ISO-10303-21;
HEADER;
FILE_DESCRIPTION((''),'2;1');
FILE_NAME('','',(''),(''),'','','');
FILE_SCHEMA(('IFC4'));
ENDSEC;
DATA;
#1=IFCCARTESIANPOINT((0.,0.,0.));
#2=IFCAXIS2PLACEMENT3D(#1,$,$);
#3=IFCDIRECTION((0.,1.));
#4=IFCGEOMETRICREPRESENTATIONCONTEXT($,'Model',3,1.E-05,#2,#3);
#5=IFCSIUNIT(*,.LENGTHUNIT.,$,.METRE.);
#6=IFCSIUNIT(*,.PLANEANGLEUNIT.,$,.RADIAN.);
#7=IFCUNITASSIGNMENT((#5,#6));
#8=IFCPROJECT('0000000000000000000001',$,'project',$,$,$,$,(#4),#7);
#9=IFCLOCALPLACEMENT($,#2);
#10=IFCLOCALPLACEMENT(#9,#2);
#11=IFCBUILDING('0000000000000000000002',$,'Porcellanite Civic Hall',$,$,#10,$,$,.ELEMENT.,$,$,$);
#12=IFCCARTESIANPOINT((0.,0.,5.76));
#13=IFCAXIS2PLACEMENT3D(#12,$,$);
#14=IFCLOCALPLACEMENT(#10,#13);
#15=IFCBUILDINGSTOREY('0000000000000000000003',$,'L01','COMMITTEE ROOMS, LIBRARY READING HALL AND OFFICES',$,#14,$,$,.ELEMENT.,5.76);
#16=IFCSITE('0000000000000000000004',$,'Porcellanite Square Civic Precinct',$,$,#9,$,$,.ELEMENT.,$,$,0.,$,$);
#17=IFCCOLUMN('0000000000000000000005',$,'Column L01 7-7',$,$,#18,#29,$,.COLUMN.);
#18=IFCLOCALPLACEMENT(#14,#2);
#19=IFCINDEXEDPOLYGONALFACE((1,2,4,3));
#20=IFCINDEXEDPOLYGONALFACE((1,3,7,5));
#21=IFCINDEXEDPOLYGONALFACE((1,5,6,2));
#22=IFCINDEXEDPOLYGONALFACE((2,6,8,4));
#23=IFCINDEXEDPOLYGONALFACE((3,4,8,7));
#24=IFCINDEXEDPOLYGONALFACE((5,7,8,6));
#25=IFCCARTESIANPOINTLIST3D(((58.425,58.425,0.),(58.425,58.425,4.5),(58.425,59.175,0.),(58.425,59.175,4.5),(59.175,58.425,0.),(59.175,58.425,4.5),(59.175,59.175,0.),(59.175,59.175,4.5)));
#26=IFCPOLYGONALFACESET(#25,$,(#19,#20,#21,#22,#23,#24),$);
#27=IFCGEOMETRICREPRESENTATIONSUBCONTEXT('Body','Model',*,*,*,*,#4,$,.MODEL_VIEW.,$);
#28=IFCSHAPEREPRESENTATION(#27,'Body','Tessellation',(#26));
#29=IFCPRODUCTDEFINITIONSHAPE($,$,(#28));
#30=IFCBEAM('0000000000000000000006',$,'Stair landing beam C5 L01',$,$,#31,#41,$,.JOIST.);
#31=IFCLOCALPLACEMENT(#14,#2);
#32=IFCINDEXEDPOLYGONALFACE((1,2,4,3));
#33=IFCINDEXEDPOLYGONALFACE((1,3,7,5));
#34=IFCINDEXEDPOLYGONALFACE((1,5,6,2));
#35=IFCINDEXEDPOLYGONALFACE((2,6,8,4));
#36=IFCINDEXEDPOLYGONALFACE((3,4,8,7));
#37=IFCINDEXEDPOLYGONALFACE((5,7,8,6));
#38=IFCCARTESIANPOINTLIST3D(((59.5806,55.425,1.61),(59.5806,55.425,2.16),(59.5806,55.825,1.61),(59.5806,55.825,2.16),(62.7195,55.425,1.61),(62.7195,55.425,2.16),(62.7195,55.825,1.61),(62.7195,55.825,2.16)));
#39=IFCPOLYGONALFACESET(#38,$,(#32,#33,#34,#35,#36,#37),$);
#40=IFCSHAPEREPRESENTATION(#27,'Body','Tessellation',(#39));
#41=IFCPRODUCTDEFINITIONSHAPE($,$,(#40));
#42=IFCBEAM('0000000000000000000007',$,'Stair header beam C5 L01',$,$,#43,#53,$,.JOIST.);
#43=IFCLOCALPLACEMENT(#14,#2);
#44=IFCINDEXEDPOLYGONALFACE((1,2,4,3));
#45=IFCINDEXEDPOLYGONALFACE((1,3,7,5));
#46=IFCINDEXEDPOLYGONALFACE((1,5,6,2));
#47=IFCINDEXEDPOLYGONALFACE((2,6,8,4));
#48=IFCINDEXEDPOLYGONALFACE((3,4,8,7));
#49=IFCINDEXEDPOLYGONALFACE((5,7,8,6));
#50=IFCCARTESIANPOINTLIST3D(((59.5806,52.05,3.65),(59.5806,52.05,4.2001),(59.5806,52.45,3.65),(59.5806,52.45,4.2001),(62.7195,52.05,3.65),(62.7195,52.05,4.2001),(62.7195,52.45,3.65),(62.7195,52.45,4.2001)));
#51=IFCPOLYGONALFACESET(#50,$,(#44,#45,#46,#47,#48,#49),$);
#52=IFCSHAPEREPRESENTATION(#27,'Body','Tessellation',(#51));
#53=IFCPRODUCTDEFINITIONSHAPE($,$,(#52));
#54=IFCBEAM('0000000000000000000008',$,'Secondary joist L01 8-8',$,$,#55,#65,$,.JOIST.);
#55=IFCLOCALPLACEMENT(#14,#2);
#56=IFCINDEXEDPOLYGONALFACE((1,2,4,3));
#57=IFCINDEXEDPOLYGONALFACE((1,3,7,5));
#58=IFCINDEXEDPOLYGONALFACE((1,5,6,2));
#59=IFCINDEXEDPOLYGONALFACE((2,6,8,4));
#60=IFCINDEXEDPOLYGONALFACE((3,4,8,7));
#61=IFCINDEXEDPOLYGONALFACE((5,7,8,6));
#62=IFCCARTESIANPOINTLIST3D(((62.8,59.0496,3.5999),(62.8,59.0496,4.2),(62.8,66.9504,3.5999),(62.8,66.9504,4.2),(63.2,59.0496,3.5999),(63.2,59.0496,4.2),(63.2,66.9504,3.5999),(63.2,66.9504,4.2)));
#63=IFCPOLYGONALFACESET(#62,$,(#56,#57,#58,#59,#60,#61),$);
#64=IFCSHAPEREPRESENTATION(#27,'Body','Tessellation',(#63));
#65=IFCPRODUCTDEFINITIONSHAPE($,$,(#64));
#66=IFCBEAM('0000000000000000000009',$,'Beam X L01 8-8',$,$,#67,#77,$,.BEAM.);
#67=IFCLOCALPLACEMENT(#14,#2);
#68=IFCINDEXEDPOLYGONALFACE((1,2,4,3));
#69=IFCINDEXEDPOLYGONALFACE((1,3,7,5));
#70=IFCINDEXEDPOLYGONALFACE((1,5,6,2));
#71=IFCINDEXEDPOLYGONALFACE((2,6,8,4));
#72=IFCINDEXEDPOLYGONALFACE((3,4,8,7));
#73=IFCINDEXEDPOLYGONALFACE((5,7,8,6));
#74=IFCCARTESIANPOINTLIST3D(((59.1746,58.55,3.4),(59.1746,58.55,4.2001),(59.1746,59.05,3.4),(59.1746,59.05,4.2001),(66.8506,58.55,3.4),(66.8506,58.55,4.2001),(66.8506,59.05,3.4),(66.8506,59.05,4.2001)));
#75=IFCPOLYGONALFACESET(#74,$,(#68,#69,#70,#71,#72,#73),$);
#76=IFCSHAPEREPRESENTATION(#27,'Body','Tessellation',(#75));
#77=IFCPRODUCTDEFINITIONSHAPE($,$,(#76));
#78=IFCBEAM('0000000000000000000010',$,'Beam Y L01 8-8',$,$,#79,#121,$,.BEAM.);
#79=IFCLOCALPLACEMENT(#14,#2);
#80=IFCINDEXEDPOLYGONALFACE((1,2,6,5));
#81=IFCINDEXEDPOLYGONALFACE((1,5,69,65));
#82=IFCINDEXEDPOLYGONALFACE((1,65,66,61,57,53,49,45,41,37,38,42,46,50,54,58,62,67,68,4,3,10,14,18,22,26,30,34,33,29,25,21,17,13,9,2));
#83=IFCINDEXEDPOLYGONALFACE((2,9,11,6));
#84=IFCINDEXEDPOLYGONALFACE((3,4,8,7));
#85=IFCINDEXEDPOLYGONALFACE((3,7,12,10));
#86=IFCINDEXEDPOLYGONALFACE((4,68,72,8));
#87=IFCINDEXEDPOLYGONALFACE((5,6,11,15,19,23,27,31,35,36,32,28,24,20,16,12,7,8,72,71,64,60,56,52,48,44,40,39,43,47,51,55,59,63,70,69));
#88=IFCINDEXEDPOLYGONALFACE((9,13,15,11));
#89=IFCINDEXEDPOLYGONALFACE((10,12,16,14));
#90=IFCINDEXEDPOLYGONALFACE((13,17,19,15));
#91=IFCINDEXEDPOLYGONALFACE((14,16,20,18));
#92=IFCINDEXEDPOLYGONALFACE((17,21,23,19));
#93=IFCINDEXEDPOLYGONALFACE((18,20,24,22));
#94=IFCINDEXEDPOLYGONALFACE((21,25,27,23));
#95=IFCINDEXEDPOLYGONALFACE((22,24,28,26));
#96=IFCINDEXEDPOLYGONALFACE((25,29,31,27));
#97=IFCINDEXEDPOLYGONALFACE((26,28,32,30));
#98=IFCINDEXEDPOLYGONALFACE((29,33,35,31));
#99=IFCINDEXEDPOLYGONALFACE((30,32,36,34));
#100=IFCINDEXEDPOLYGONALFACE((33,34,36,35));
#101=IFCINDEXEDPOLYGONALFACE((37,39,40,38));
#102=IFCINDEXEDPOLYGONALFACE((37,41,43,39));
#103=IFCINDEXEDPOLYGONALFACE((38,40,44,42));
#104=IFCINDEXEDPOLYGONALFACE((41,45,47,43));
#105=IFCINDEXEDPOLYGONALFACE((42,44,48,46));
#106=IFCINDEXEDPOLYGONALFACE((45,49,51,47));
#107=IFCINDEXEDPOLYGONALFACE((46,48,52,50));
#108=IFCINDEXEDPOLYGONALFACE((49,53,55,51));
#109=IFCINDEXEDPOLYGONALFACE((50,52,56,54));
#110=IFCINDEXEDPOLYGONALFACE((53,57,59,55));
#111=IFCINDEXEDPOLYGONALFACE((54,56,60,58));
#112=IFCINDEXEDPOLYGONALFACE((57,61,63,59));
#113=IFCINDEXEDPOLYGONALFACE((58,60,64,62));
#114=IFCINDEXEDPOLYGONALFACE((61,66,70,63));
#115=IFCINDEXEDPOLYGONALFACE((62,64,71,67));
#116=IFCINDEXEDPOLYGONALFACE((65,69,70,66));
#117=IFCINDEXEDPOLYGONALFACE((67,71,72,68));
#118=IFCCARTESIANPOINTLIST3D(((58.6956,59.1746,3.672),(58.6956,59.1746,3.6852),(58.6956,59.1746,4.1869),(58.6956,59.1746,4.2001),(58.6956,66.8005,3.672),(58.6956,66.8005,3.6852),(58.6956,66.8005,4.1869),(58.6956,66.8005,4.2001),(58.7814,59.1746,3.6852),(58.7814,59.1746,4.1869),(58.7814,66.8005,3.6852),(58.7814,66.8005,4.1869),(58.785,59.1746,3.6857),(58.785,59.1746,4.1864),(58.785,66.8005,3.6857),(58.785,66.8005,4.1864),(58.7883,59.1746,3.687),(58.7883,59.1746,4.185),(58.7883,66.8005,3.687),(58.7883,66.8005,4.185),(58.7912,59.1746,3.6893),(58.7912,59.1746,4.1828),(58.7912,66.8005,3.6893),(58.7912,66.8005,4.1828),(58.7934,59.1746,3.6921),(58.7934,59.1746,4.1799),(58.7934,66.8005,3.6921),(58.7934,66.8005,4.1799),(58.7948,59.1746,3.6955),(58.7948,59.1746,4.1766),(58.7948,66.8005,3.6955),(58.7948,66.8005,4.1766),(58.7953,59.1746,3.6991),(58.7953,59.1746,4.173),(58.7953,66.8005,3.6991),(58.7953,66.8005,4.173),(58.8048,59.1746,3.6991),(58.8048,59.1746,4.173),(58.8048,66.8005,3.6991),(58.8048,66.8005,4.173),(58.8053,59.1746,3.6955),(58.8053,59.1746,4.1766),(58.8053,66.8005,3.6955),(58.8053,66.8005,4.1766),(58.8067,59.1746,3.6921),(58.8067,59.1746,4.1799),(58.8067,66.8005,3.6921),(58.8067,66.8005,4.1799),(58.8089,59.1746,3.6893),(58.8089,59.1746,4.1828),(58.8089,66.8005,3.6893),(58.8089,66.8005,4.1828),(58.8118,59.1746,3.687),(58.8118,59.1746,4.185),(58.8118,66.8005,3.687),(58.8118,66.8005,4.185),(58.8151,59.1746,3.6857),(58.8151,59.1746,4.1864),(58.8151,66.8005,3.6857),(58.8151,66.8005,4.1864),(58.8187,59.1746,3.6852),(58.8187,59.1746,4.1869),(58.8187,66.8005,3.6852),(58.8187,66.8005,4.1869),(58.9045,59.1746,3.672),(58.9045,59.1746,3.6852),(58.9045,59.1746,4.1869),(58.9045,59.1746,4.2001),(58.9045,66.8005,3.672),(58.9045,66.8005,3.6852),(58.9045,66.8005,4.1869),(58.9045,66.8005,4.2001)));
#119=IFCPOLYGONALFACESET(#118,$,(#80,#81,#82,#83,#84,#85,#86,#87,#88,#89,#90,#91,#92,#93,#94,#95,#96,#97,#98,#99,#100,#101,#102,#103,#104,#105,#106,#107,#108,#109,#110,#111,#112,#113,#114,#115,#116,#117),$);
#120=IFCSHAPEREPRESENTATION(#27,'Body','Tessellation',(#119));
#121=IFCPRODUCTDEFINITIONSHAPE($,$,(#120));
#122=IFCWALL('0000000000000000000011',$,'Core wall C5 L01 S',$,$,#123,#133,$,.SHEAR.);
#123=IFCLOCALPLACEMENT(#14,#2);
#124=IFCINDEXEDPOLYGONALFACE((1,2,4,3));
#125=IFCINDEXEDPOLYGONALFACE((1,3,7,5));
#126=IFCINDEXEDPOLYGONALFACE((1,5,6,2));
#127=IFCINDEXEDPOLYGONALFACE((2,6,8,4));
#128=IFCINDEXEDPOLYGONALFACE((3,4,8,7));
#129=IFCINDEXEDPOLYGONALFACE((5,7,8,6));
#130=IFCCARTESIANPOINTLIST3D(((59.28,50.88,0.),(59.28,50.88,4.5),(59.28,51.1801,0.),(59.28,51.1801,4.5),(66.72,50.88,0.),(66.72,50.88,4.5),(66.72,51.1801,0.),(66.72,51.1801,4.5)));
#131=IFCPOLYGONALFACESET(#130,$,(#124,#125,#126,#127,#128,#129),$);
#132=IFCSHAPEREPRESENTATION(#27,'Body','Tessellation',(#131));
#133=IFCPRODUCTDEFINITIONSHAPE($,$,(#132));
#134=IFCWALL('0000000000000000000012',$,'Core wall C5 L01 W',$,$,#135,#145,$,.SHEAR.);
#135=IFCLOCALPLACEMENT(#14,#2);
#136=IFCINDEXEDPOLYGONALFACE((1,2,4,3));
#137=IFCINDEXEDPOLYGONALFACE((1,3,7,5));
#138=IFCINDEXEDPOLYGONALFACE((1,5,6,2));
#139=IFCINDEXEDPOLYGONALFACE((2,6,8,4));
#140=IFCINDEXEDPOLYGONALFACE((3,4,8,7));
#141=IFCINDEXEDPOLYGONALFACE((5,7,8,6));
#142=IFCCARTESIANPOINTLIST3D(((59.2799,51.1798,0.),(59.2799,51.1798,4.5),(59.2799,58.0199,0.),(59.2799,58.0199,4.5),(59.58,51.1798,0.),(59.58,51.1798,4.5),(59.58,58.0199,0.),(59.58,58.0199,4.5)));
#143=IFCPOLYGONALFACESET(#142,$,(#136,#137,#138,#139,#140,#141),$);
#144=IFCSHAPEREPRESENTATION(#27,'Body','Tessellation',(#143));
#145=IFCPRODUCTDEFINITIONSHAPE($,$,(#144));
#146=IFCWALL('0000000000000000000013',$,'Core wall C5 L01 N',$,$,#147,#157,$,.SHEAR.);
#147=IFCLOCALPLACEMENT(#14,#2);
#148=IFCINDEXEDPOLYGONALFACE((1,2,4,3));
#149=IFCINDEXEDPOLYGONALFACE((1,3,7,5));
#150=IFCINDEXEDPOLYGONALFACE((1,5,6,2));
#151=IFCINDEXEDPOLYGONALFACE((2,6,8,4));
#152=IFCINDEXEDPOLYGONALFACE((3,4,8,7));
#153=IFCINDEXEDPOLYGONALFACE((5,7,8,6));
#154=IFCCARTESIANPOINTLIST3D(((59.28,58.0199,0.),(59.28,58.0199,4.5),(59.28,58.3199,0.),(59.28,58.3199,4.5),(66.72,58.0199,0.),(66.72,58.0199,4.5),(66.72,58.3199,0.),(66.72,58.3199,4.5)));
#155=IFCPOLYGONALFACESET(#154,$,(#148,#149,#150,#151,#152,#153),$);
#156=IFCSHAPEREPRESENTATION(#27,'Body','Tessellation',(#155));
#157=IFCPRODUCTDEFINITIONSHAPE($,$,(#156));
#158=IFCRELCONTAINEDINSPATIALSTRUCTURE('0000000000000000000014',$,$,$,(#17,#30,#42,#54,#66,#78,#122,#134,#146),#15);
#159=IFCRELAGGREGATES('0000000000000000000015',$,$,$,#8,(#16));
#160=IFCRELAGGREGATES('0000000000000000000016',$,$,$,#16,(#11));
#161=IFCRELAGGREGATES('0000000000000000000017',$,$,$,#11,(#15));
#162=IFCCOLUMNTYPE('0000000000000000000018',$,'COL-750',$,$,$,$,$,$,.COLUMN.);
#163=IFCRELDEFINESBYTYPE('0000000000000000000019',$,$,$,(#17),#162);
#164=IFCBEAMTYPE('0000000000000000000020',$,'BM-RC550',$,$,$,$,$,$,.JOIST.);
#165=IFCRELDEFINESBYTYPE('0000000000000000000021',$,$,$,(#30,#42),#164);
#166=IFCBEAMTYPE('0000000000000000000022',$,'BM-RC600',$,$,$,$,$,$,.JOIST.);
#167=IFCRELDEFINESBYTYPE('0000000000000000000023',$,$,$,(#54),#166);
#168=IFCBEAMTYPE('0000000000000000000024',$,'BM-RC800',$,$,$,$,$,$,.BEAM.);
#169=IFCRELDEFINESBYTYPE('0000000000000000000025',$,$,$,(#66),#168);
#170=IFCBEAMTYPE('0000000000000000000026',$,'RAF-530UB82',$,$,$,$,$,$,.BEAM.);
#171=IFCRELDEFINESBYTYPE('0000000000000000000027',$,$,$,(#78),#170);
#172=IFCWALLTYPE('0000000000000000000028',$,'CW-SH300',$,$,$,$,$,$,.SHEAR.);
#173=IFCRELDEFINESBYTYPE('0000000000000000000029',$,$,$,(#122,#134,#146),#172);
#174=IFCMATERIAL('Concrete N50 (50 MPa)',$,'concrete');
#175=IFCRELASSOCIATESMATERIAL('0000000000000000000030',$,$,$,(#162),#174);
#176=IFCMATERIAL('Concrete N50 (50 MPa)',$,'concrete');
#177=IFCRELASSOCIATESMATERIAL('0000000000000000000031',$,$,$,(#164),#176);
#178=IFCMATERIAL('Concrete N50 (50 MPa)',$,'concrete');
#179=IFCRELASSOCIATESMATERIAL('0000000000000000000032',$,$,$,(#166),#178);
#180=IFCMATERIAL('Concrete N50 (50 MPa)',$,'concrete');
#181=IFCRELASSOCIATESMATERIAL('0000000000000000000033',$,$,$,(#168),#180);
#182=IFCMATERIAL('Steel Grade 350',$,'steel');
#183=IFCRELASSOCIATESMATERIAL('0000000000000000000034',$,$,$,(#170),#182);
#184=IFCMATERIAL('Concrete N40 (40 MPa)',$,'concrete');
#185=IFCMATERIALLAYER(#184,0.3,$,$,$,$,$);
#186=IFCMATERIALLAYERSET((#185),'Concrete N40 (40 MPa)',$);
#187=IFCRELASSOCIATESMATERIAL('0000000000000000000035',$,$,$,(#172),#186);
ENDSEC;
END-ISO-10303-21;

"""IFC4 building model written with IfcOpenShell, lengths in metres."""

from ifc_helpers import new_model, si_unit, direction, frame, frame_2d, origin, origin_2d, place, context, subcontext, project, spatial, rectangle, i_section, extrude, material, layer, layer_set, material_profile, profile_set, type_object, element, save


model = new_model("IFC4")

# Units and contexts
model_context = context("Model", 3, precision=1e-05, world=origin(), true_north=direction((0.0, 1.0)))
body_context = subcontext(model_context, "Body", "Model", "MODEL_VIEW")
ifc_project = project(units=[si_unit("LENGTHUNIT", "METRE"), si_unit("PLANEANGLEUNIT", "RADIAN")], contexts=[model_context])

# Site, building, storey
site_placement = place(None, origin())
site = spatial("IfcSite", under=ifc_project, at=site_placement, Name="Porcellanite Square Civic Precinct", CompositionType="ELEMENT", RefElevation=0.0)
building_placement = place(site_placement, origin())
building = spatial("IfcBuilding", under=site, at=building_placement, Name="Porcellanite Civic Hall", CompositionType="ELEMENT")
storey_placement = place(building_placement, frame((0.0, 0.0, 5.76)))
storey = spatial("IfcBuildingStorey", under=building, at=storey_placement, Name="L01", Description="COMMITTEE ROOMS, LIBRARY READING HALL AND OFFICES", CompositionType="ELEMENT", Elevation=5.76)

# Column
ifc_material_1 = material(Name="Concrete N50 (50 MPa)", Category="concrete")
ifc_material_profile_1 = material_profile(ifc_material_1, rectangle(XDim=0.75, YDim=0.75, at=origin_2d()), Name="RC-750x750")
ifc_profile_set_1 = profile_set([ifc_material_profile_1], Name="Concrete N50 (50 MPa)")
column_type = type_object("IfcColumnType", Name="COL-750", PredefinedType="COLUMN", material=ifc_profile_set_1)
column_placement = place(storey_placement, frame((58.8, 58.8, 0.0), z_axis=(0.0, 0.0, 1.0), x_axis=(1.0, 0.0, 0.0)))
element("IfcColumn", 1, at=column_placement, inside=storey, type_object=column_type, Name="Column L01 7-7", PredefinedType="COLUMN", context=body_context, shape_type="SweptSolid", body=[
    extrude(rectangle(XDim=0.75, YDim=0.75, at=origin_2d()), origin(), (0.0, 0.0, 1.0), 4.5),
])

# Beams
ifc_material_2 = material(Name="Concrete N50 (50 MPa)", Category="concrete")
ifc_material_profile_2 = material_profile(ifc_material_2, rectangle(XDim=0.3999, YDim=0.55, at=origin_2d()), Name="RC-400x550")
ifc_profile_set_2 = profile_set([ifc_material_profile_2], Name="Concrete N50 (50 MPa)")
beam_type_1 = type_object("IfcBeamType", Name="BM-RC550", PredefinedType="JOIST", material=ifc_profile_set_2)
for number, where, z_axis, x_axis, name in (
    (2, (59.5806, 55.625, 1.885), (1.0, 0.0, 0.0), (0.0, 1.0, 0.0), "Stair landing beam C5 L01"),
    (3, (59.5806, 52.25, 3.925), (1.0, 0.0, 0.0), (0.0, 1.0, 0.0), "Stair header beam C5 L01"),
):
    element("IfcBeam", number, at=place(storey_placement, frame(where, z_axis=z_axis, x_axis=x_axis)), inside=storey, type_object=beam_type_1, Name=name, PredefinedType="JOIST", context=body_context, shape_type="SweptSolid", body=[
        extrude(rectangle(XDim=0.3999, YDim=0.55, at=origin_2d()), origin(), (0.0, 0.0, 1.0), 3.1389),
    ])
ifc_material_3 = material(Name="Concrete N50 (50 MPa)", Category="concrete")
ifc_material_profile_3 = material_profile(ifc_material_3, rectangle(XDim=0.3999, YDim=0.6001, at=origin_2d()), Name="RC-400x600")
ifc_profile_set_3 = profile_set([ifc_material_profile_3], Name="Concrete N50 (50 MPa)")
beam_type_2 = type_object("IfcBeamType", Name="BM-RC600", PredefinedType="JOIST", material=ifc_profile_set_3)
beam_1_placement = place(storey_placement, frame((63.0, 59.0496, 3.8999), z_axis=(0.0, 1.0, 0.0), x_axis=(-1.0, 0.0, 0.0)))
element("IfcBeam", 4, at=beam_1_placement, inside=storey, type_object=beam_type_2, Name="Secondary joist L01 8-8", PredefinedType="JOIST", context=body_context, shape_type="SweptSolid", body=[
    extrude(rectangle(XDim=0.3999, YDim=0.6001, at=origin_2d()), origin(), (0.0, 0.0, 1.0), 7.9009),
])
ifc_material_4 = material(Name="Concrete N50 (50 MPa)", Category="concrete")
ifc_material_profile_4 = material_profile(ifc_material_4, rectangle(XDim=0.5, YDim=0.8, at=origin_2d()), Name="RC-500x800")
ifc_profile_set_4 = profile_set([ifc_material_profile_4], Name="Concrete N50 (50 MPa)")
beam_type_3 = type_object("IfcBeamType", Name="BM-RC800", PredefinedType="BEAM", material=ifc_profile_set_4)
beam_2_placement = place(storey_placement, frame((59.1746, 58.8, 3.8), z_axis=(1.0, 0.0, 0.0), x_axis=(0.0, 1.0, 0.0)))
element("IfcBeam", 5, at=beam_2_placement, inside=storey, type_object=beam_type_3, Name="Beam X L01 8-8", PredefinedType="BEAM", context=body_context, shape_type="SweptSolid", body=[
    extrude(rectangle(XDim=0.5, YDim=0.8, at=origin_2d()), origin(), (0.0, 0.0, 1.0), 7.676),
])
ifc_material_5 = material(Name="Steel Grade 350", Category="steel")
ifc_material_profile_5 = material_profile(ifc_material_5, i_section(OverallWidth=0.209, OverallDepth=0.5281, WebThickness=0.0095, FlangeThickness=0.0132, FilletRadius=0.0139, at=origin_2d()), Name="530UB82.0")
ifc_profile_set_5 = profile_set([ifc_material_profile_5], Name="Steel Grade 350")
beam_type_4 = type_object("IfcBeamType", Name="RAF-530UB82", PredefinedType="BEAM", material=ifc_profile_set_5)
beam_3_placement = place(storey_placement, frame((58.8, 59.1746, 3.936), z_axis=(0.0, 1.0, 0.0), x_axis=(-1.0, 0.0, 0.0)))
element("IfcBeam", 6, at=beam_3_placement, inside=storey, type_object=beam_type_4, Name="Beam Y L01 8-8", PredefinedType="BEAM", context=body_context, shape_type="SweptSolid", body=[
    extrude(i_section(OverallWidth=0.209, OverallDepth=0.5281, WebThickness=0.0095, FlangeThickness=0.0132, FilletRadius=0.0139, at=origin_2d()), origin(), (0.0, 0.0, 1.0), 7.626),
])

# Walls
ifc_material_6 = material(Name="Concrete N40 (40 MPa)", Category="concrete")
ifc_layer_1 = layer(ifc_material_6, 0.3)
ifc_layer_set_1 = layer_set([ifc_layer_1], Name="Concrete N40 (40 MPa)")
wall_type_1 = type_object("IfcWallType", Name="CW-SH300", PredefinedType="SHEAR", material=ifc_layer_set_1)
wall_1_placement = place(storey_placement, frame((66.72, 51.03, 0.0), z_axis=(0.0, 0.0, 1.0), x_axis=(-1.0, 0.0, 0.0)))
element("IfcWall", 7, at=wall_1_placement, inside=storey, type_object=wall_type_1, Name="Core wall C5 L01 S", PredefinedType="SHEAR", context=body_context, shape_type="SweptSolid", body=[
    extrude(rectangle(XDim=7.4399, YDim=0.3, at=frame_2d((3.72, 0.0))), origin(), (0.0, 0.0, 1.0), 4.5),
])
wall_2_placement = place(storey_placement, frame((59.4299, 51.1799, 0.0), z_axis=(0.0, 0.0, 1.0), x_axis=(0.0, 1.0, 0.0)))
element("IfcWall", 8, at=wall_2_placement, inside=storey, type_object=wall_type_1, Name="Core wall C5 L01 W", PredefinedType="SHEAR", context=body_context, shape_type="SweptSolid", body=[
    extrude(rectangle(XDim=6.8401, YDim=0.3, at=frame_2d((3.4199, 0.0))), origin(), (0.0, 0.0, 1.0), 4.5),
])
wall_3_placement = place(storey_placement, frame((59.28, 58.1699, 0.0), z_axis=(0.0, 0.0, 1.0), x_axis=(1.0, 0.0, 0.0)))
element("IfcWall", 9, at=wall_3_placement, inside=storey, type_object=wall_type_1, Name="Core wall C5 L01 N", PredefinedType="SHEAR", context=body_context, shape_type="SweptSolid", body=[
    extrude(rectangle(XDim=7.4399, YDim=0.3, at=frame_2d((3.72, 0.0))), origin(), (0.0, 0.0, 1.0), 4.5),
])

save(model, "model.ifc")
